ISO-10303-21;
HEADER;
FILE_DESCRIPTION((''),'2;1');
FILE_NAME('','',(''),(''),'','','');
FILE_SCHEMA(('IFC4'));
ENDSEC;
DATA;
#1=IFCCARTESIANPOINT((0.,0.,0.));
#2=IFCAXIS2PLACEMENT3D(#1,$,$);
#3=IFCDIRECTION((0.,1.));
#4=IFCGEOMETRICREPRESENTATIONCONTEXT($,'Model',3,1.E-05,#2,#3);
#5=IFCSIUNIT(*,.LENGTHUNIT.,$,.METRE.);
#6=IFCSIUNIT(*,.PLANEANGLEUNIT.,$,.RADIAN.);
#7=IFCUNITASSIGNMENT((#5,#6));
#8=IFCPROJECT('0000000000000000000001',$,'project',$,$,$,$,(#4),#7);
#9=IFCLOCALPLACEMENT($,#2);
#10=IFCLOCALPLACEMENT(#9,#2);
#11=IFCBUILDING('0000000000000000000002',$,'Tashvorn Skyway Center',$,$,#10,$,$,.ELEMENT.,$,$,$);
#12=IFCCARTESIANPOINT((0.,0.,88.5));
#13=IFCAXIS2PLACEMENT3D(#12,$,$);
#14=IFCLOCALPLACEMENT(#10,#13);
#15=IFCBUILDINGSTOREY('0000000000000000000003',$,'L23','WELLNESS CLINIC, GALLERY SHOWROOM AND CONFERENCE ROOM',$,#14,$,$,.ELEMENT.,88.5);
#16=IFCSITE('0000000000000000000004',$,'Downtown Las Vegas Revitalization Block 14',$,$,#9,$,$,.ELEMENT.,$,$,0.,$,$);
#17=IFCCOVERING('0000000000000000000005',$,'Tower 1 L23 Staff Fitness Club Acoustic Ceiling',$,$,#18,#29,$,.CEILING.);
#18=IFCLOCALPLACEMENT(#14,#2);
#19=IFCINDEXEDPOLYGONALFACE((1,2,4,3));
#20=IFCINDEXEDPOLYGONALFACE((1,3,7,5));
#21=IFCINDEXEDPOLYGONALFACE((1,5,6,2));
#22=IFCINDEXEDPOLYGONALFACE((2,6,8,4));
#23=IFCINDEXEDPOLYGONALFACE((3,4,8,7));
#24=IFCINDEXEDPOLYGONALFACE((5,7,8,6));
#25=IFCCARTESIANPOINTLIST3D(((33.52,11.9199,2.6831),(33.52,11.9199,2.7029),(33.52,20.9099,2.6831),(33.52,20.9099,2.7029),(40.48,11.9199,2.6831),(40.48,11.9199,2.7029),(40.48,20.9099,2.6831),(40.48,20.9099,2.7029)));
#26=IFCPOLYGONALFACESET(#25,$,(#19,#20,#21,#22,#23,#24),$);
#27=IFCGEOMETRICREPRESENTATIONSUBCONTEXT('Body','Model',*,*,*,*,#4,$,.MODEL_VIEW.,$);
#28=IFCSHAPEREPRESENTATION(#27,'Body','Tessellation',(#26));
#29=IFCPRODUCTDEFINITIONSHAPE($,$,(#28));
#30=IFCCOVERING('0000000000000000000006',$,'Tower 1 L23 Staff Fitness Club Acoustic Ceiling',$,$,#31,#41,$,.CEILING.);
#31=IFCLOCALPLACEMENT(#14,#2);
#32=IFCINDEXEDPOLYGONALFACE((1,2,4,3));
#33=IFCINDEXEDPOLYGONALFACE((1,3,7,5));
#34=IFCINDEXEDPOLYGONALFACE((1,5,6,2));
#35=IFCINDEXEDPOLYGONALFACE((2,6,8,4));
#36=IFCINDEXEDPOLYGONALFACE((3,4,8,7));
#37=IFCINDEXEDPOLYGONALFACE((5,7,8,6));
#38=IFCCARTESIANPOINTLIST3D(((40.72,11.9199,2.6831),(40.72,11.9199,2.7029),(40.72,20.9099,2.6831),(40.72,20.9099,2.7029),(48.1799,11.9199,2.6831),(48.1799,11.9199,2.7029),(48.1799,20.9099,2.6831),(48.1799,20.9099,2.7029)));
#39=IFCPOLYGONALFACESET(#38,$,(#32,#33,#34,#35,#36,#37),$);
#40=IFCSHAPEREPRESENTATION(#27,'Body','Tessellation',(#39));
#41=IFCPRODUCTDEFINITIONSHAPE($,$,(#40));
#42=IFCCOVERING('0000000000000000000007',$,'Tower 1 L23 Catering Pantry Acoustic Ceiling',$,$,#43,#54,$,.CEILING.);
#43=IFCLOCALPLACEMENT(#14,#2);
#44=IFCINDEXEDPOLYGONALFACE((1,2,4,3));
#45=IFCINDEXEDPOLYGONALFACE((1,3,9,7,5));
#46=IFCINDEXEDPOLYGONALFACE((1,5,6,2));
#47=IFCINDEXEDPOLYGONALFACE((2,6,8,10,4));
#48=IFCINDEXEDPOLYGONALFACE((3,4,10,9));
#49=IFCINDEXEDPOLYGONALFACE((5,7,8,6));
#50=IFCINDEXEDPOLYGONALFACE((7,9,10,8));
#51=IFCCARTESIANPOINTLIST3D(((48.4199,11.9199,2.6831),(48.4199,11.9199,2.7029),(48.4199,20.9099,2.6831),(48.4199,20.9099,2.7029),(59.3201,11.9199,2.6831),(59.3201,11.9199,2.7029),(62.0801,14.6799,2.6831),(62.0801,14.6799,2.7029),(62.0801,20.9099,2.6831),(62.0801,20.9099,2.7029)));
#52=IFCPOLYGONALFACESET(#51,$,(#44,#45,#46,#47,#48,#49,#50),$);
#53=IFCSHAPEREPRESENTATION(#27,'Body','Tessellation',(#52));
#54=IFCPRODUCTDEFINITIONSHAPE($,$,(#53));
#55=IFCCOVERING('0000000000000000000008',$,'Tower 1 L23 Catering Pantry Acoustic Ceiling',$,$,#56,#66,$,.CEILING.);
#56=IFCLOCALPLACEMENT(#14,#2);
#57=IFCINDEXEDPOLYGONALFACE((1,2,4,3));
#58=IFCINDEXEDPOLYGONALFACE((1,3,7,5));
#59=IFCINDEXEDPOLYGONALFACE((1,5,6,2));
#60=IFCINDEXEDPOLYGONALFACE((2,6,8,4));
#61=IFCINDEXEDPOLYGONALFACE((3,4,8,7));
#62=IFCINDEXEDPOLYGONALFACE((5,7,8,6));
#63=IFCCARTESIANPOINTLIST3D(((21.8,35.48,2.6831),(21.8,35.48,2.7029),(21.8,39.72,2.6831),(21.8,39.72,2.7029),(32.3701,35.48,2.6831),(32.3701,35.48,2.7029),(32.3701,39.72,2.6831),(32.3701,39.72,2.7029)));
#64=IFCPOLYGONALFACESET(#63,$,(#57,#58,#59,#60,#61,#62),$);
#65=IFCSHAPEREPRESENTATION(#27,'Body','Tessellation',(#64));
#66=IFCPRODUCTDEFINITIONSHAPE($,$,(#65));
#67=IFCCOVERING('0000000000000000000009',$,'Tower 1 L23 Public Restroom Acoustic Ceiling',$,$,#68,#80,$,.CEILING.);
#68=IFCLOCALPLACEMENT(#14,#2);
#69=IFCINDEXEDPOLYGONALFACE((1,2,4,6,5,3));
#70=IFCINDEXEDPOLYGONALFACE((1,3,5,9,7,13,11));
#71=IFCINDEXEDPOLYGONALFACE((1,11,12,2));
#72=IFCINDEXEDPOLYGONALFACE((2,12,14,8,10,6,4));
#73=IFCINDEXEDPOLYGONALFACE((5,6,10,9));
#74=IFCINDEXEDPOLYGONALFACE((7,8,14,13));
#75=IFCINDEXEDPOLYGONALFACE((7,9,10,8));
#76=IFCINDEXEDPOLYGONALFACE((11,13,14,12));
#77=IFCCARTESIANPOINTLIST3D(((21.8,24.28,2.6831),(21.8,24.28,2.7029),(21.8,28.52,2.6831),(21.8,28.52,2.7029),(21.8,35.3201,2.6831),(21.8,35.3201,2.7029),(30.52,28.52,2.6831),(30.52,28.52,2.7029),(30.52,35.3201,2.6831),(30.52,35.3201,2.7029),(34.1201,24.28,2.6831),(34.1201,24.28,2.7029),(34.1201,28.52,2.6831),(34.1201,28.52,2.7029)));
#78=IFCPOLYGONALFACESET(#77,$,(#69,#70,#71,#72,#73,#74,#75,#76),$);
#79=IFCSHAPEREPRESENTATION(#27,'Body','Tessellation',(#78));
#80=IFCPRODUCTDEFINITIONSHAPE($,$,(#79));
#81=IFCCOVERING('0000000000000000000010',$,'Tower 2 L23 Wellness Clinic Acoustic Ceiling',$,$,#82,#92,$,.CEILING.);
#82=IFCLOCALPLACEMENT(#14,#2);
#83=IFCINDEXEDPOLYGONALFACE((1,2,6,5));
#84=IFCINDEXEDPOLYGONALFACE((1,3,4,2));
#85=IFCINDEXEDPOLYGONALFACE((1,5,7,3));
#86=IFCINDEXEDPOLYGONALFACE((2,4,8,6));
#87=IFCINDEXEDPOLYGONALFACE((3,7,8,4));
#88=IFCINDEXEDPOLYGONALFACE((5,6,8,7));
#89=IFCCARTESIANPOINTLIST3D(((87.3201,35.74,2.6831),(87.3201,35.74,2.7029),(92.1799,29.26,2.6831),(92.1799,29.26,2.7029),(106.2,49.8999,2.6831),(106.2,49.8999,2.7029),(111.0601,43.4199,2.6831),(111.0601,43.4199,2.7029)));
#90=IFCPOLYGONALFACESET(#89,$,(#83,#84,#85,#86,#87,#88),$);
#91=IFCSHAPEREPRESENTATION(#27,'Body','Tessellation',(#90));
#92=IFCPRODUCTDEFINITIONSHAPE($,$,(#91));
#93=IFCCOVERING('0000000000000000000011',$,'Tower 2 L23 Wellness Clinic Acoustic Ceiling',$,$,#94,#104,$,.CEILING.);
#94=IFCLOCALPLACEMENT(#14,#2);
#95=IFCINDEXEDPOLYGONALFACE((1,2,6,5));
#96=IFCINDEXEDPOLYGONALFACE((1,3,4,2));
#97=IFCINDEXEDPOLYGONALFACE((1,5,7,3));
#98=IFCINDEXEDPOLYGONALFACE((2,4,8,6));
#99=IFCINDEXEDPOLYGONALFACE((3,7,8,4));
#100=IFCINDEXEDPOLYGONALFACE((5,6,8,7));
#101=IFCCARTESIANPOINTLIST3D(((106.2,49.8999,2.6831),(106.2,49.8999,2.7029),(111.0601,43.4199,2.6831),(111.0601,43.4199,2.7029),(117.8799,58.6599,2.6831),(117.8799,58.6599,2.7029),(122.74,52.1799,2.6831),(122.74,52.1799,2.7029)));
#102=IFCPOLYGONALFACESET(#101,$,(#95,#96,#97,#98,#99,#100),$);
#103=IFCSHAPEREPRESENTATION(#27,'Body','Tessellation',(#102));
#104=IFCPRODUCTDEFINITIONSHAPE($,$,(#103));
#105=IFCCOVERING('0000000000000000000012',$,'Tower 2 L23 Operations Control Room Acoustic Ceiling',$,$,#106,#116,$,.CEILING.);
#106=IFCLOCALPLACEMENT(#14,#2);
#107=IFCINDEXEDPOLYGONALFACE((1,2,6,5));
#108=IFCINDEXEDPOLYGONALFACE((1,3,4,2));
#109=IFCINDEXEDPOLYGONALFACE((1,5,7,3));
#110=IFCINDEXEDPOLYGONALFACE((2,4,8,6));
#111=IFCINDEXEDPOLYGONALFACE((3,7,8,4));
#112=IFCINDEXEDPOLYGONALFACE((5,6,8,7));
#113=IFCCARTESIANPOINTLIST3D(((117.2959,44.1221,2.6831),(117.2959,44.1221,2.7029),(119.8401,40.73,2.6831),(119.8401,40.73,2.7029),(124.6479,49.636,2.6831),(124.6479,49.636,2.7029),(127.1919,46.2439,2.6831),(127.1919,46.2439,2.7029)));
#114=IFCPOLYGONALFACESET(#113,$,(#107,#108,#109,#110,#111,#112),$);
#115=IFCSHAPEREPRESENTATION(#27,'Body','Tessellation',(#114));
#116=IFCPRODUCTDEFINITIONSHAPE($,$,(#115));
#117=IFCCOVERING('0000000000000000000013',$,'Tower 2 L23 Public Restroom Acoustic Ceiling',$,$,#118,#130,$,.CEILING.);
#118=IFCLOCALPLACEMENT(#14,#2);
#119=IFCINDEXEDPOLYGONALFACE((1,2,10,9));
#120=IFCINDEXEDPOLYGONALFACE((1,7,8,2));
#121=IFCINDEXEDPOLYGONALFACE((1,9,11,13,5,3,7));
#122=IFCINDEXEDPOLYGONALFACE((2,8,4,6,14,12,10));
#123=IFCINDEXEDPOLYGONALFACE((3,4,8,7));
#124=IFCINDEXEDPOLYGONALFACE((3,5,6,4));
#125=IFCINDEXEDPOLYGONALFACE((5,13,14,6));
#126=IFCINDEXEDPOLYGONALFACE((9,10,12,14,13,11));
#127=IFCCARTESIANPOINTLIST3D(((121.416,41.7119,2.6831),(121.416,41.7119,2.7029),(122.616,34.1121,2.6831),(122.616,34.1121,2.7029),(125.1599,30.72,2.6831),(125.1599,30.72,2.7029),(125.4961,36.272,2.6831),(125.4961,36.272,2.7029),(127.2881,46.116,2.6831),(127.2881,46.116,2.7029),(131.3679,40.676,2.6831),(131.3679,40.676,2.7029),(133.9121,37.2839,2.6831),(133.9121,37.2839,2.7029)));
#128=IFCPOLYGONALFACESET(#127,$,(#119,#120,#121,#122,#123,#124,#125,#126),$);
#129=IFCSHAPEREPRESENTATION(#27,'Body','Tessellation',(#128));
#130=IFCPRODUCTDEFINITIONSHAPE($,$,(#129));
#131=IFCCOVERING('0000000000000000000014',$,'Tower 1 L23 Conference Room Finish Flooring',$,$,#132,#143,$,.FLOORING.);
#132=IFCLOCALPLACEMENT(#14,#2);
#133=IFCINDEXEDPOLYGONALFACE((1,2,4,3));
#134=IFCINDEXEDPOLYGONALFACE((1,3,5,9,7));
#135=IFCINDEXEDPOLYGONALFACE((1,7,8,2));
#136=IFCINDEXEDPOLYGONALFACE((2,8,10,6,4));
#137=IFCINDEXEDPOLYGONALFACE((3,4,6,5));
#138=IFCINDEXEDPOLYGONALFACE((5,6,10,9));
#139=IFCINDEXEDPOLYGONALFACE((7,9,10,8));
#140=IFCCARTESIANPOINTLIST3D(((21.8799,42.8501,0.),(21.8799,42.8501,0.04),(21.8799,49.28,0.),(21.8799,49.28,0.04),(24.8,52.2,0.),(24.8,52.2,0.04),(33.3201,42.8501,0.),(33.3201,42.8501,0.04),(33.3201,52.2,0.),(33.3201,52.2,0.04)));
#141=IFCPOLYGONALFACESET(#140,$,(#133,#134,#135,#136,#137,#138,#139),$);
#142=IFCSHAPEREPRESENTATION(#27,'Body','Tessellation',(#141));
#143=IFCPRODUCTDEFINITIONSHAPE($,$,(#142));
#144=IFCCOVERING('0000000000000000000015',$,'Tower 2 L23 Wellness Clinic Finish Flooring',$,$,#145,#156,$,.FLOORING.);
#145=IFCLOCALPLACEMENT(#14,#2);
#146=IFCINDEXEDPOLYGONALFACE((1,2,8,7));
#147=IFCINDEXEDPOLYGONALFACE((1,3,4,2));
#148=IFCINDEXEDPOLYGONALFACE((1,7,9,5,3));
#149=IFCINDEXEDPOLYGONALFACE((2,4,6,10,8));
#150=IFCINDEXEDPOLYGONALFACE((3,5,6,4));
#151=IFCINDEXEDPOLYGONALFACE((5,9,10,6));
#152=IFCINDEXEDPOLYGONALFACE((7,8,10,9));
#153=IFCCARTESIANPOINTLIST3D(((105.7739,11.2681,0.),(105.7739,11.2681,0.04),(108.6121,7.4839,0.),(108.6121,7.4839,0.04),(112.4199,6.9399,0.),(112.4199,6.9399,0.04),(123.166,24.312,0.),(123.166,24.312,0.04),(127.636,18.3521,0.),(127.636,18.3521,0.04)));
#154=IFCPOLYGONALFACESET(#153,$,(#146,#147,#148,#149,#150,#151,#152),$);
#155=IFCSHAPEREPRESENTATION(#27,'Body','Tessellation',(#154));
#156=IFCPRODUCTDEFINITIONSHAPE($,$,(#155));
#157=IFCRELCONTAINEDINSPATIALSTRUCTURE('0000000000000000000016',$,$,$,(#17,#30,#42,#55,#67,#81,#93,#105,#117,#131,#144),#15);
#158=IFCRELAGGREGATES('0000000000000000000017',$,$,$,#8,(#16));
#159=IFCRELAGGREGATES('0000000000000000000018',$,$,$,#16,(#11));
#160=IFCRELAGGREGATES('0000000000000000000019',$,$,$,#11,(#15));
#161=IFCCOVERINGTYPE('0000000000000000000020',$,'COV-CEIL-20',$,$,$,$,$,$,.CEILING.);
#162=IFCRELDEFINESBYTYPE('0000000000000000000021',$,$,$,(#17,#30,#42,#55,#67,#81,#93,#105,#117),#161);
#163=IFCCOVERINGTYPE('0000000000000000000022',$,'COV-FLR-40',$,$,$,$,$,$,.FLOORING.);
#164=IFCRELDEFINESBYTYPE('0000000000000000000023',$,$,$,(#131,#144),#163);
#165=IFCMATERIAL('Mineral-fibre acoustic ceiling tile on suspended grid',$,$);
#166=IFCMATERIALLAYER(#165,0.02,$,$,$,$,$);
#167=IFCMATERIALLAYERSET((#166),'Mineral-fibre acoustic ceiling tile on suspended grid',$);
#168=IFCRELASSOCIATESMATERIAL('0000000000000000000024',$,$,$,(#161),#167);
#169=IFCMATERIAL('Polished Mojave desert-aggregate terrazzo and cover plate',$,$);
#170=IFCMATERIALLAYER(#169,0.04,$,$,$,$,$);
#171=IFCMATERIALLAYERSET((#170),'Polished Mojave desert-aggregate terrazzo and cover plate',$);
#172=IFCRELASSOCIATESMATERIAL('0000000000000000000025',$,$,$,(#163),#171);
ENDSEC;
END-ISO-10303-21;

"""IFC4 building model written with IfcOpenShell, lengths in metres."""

from ifc_helpers import new_model, si_unit, direction, frame, origin, place, context, subcontext, project, spatial, polyline, outline, extrude, material, layer, layer_set, type_object, element, save


model = new_model("IFC4")

# Units and contexts
model_context = context("Model", 3, precision=1e-05, world=origin(), true_north=direction((0.0, 1.0)))
body_context = subcontext(model_context, "Body", "Model", "MODEL_VIEW")
ifc_project = project(units=[si_unit("LENGTHUNIT", "METRE"), si_unit("PLANEANGLEUNIT", "RADIAN")], contexts=[model_context])

# Site, building, storey
site_placement = place(None, origin())
site = spatial("IfcSite", under=ifc_project, at=site_placement, Name="Downtown Las Vegas Revitalization Block 14", CompositionType="ELEMENT", RefElevation=0.0)
building_placement = place(site_placement, origin())
building = spatial("IfcBuilding", under=site, at=building_placement, Name="Tashvorn Skyway Center", CompositionType="ELEMENT")
storey_placement = place(building_placement, frame((0.0, 0.0, 88.5)))
storey = spatial("IfcBuildingStorey", under=building, at=storey_placement, Name="L23", Description="WELLNESS CLINIC, GALLERY SHOWROOM AND CONFERENCE ROOM", CompositionType="ELEMENT", Elevation=88.5)

# Coverings
ifc_material_1 = material(Name="Mineral-fibre acoustic ceiling tile on suspended grid")
ifc_layer_1 = layer(ifc_material_1, 0.02)
ifc_layer_set_1 = layer_set([ifc_layer_1], Name="Mineral-fibre acoustic ceiling tile on suspended grid")
covering_type_1 = type_object("IfcCoveringType", Name="COV-CEIL-20", PredefinedType="CEILING", material=ifc_layer_set_1)
covering_1_placement = place(storey_placement, frame((0.0, 0.0, 2.6831)))
element("IfcCovering", 1, at=covering_1_placement, inside=storey, type_object=covering_type_1, Name="Tower 1 L23 Staff Fitness Club Acoustic Ceiling", PredefinedType="CEILING", context=body_context, shape_type="SweptSolid", body=[
    extrude(outline(polyline([(33.52, 20.9099), (40.48, 20.9099), (40.48, 11.9199), (33.52, 11.9199), (33.52, 20.9099)])), origin(), (0.0, 0.0, 1.0), 0.0198),
])
covering_2_placement = place(storey_placement, frame((0.0, 0.0, 2.6831)))
element("IfcCovering", 2, at=covering_2_placement, inside=storey, type_object=covering_type_1, Name="Tower 1 L23 Staff Fitness Club Acoustic Ceiling", PredefinedType="CEILING", context=body_context, shape_type="SweptSolid", body=[
    extrude(outline(polyline([(40.72, 20.9099), (48.1799, 20.9099), (48.1799, 11.9199), (40.72, 11.9199), (40.72, 20.9099)])), origin(), (0.0, 0.0, 1.0), 0.0198),
])
covering_3_placement = place(storey_placement, frame((0.0, 0.0, 2.6831)))
element("IfcCovering", 3, at=covering_3_placement, inside=storey, type_object=covering_type_1, Name="Tower 1 L23 Catering Pantry Acoustic Ceiling", PredefinedType="CEILING", context=body_context, shape_type="SweptSolid", body=[
    extrude(outline(polyline([(48.4199, 11.9199), (48.4199, 20.9099), (62.0801, 20.9099), (62.0801, 14.6799), (59.3201, 11.9199), (48.4199, 11.9199)])), origin(), (0.0, 0.0, 1.0), 0.0198),
])
covering_4_placement = place(storey_placement, frame((0.0, 0.0, 2.6831)))
element("IfcCovering", 4, at=covering_4_placement, inside=storey, type_object=covering_type_1, Name="Tower 1 L23 Catering Pantry Acoustic Ceiling", PredefinedType="CEILING", context=body_context, shape_type="SweptSolid", body=[
    extrude(outline(polyline([(32.3701, 39.72), (32.3701, 35.48), (21.8, 35.48), (21.8, 39.72), (32.3701, 39.72)])), origin(), (0.0, 0.0, 1.0), 0.0198),
])
covering_5_placement = place(storey_placement, frame((0.0, 0.0, 2.6831)))
element("IfcCovering", 5, at=covering_5_placement, inside=storey, type_object=covering_type_1, Name="Tower 1 L23 Public Restroom Acoustic Ceiling", PredefinedType="CEILING", context=body_context, shape_type="SweptSolid", body=[
    extrude(outline(polyline([(34.1201, 24.28), (21.8, 24.28), (21.8, 28.52), (21.8, 35.3201), (30.52, 35.3201), (30.52, 28.52), (34.1201, 28.52), (34.1201, 24.28)])), origin(), (0.0, 0.0, 1.0), 0.0198),
])
covering_6_placement = place(storey_placement, frame((0.0, 0.0, 2.6831)))
element("IfcCovering", 6, at=covering_6_placement, inside=storey, type_object=covering_type_1, Name="Tower 2 L23 Wellness Clinic Acoustic Ceiling", PredefinedType="CEILING", context=body_context, shape_type="SweptSolid", body=[
    extrude(outline(polyline([(92.1799, 29.26), (111.0601, 43.4199), (106.2, 49.8999), (87.3201, 35.74), (92.1799, 29.26)])), origin(), (0.0, 0.0, 1.0), 0.0198),
])
covering_7_placement = place(storey_placement, frame((0.0, 0.0, 2.6831)))
element("IfcCovering", 7, at=covering_7_placement, inside=storey, type_object=covering_type_1, Name="Tower 2 L23 Wellness Clinic Acoustic Ceiling", PredefinedType="CEILING", context=body_context, shape_type="SweptSolid", body=[
    extrude(outline(polyline([(111.0601, 43.4199), (122.74, 52.1799), (117.8799, 58.6599), (106.2, 49.8999), (111.0601, 43.4199)])), origin(), (0.0, 0.0, 1.0), 0.0198),
])
covering_8_placement = place(storey_placement, frame((0.0, 0.0, 2.6831)))
element("IfcCovering", 8, at=covering_8_placement, inside=storey, type_object=covering_type_1, Name="Tower 2 L23 Operations Control Room Acoustic Ceiling", PredefinedType="CEILING", context=body_context, shape_type="SweptSolid", body=[
    extrude(outline(polyline([(119.8401, 40.73), (117.2959, 44.1221), (124.6479, 49.636), (127.1919, 46.2439), (119.8401, 40.73)])), origin(), (0.0, 0.0, 1.0), 0.0198),
])
covering_9_placement = place(storey_placement, frame((0.0, 0.0, 2.6831)))
element("IfcCovering", 9, at=covering_9_placement, inside=storey, type_object=covering_type_1, Name="Tower 2 L23 Public Restroom Acoustic Ceiling", PredefinedType="CEILING", context=body_context, shape_type="SweptSolid", body=[
    extrude(outline(polyline([(125.1599, 30.72), (122.616, 34.1121), (125.4961, 36.272), (121.416, 41.7119), (127.2881, 46.116), (131.3679, 40.676), (133.9121, 37.2839), (125.1599, 30.72)])), origin(), (0.0, 0.0, 1.0), 0.0198),
])
ifc_material_2 = material(Name="Polished Mojave desert-aggregate terrazzo and cover plate")
ifc_layer_2 = layer(ifc_material_2, 0.04)
ifc_layer_set_2 = layer_set([ifc_layer_2], Name="Polished Mojave desert-aggregate terrazzo and cover plate")
covering_type_2 = type_object("IfcCoveringType", Name="COV-FLR-40", PredefinedType="FLOORING", material=ifc_layer_set_2)
covering_10_placement = place(storey_placement, origin())
element("IfcCovering", 10, at=covering_10_placement, inside=storey, type_object=covering_type_2, Name="Tower 1 L23 Conference Room Finish Flooring", PredefinedType="FLOORING", context=body_context, shape_type="SweptSolid", body=[
    extrude(outline(polyline([(33.3201, 42.8501), (21.8799, 42.8501), (21.8799, 49.28), (24.8, 52.2), (33.3201, 52.2), (33.3201, 42.8501)])), origin(), (0.0, 0.0, 1.0), 0.04),
])
covering_11_placement = place(storey_placement, origin())
element("IfcCovering", 11, at=covering_11_placement, inside=storey, type_object=covering_type_2, Name="Tower 2 L23 Wellness Clinic Finish Flooring", PredefinedType="FLOORING", context=body_context, shape_type="SweptSolid", body=[
    extrude(outline(polyline([(112.4199, 6.9399), (108.6121, 7.4839), (105.7739, 11.2681), (123.166, 24.312), (127.636, 18.3521), (112.4199, 6.9399)])), origin(), (0.0, 0.0, 1.0), 0.04),
])

save(model, "model.ifc")
